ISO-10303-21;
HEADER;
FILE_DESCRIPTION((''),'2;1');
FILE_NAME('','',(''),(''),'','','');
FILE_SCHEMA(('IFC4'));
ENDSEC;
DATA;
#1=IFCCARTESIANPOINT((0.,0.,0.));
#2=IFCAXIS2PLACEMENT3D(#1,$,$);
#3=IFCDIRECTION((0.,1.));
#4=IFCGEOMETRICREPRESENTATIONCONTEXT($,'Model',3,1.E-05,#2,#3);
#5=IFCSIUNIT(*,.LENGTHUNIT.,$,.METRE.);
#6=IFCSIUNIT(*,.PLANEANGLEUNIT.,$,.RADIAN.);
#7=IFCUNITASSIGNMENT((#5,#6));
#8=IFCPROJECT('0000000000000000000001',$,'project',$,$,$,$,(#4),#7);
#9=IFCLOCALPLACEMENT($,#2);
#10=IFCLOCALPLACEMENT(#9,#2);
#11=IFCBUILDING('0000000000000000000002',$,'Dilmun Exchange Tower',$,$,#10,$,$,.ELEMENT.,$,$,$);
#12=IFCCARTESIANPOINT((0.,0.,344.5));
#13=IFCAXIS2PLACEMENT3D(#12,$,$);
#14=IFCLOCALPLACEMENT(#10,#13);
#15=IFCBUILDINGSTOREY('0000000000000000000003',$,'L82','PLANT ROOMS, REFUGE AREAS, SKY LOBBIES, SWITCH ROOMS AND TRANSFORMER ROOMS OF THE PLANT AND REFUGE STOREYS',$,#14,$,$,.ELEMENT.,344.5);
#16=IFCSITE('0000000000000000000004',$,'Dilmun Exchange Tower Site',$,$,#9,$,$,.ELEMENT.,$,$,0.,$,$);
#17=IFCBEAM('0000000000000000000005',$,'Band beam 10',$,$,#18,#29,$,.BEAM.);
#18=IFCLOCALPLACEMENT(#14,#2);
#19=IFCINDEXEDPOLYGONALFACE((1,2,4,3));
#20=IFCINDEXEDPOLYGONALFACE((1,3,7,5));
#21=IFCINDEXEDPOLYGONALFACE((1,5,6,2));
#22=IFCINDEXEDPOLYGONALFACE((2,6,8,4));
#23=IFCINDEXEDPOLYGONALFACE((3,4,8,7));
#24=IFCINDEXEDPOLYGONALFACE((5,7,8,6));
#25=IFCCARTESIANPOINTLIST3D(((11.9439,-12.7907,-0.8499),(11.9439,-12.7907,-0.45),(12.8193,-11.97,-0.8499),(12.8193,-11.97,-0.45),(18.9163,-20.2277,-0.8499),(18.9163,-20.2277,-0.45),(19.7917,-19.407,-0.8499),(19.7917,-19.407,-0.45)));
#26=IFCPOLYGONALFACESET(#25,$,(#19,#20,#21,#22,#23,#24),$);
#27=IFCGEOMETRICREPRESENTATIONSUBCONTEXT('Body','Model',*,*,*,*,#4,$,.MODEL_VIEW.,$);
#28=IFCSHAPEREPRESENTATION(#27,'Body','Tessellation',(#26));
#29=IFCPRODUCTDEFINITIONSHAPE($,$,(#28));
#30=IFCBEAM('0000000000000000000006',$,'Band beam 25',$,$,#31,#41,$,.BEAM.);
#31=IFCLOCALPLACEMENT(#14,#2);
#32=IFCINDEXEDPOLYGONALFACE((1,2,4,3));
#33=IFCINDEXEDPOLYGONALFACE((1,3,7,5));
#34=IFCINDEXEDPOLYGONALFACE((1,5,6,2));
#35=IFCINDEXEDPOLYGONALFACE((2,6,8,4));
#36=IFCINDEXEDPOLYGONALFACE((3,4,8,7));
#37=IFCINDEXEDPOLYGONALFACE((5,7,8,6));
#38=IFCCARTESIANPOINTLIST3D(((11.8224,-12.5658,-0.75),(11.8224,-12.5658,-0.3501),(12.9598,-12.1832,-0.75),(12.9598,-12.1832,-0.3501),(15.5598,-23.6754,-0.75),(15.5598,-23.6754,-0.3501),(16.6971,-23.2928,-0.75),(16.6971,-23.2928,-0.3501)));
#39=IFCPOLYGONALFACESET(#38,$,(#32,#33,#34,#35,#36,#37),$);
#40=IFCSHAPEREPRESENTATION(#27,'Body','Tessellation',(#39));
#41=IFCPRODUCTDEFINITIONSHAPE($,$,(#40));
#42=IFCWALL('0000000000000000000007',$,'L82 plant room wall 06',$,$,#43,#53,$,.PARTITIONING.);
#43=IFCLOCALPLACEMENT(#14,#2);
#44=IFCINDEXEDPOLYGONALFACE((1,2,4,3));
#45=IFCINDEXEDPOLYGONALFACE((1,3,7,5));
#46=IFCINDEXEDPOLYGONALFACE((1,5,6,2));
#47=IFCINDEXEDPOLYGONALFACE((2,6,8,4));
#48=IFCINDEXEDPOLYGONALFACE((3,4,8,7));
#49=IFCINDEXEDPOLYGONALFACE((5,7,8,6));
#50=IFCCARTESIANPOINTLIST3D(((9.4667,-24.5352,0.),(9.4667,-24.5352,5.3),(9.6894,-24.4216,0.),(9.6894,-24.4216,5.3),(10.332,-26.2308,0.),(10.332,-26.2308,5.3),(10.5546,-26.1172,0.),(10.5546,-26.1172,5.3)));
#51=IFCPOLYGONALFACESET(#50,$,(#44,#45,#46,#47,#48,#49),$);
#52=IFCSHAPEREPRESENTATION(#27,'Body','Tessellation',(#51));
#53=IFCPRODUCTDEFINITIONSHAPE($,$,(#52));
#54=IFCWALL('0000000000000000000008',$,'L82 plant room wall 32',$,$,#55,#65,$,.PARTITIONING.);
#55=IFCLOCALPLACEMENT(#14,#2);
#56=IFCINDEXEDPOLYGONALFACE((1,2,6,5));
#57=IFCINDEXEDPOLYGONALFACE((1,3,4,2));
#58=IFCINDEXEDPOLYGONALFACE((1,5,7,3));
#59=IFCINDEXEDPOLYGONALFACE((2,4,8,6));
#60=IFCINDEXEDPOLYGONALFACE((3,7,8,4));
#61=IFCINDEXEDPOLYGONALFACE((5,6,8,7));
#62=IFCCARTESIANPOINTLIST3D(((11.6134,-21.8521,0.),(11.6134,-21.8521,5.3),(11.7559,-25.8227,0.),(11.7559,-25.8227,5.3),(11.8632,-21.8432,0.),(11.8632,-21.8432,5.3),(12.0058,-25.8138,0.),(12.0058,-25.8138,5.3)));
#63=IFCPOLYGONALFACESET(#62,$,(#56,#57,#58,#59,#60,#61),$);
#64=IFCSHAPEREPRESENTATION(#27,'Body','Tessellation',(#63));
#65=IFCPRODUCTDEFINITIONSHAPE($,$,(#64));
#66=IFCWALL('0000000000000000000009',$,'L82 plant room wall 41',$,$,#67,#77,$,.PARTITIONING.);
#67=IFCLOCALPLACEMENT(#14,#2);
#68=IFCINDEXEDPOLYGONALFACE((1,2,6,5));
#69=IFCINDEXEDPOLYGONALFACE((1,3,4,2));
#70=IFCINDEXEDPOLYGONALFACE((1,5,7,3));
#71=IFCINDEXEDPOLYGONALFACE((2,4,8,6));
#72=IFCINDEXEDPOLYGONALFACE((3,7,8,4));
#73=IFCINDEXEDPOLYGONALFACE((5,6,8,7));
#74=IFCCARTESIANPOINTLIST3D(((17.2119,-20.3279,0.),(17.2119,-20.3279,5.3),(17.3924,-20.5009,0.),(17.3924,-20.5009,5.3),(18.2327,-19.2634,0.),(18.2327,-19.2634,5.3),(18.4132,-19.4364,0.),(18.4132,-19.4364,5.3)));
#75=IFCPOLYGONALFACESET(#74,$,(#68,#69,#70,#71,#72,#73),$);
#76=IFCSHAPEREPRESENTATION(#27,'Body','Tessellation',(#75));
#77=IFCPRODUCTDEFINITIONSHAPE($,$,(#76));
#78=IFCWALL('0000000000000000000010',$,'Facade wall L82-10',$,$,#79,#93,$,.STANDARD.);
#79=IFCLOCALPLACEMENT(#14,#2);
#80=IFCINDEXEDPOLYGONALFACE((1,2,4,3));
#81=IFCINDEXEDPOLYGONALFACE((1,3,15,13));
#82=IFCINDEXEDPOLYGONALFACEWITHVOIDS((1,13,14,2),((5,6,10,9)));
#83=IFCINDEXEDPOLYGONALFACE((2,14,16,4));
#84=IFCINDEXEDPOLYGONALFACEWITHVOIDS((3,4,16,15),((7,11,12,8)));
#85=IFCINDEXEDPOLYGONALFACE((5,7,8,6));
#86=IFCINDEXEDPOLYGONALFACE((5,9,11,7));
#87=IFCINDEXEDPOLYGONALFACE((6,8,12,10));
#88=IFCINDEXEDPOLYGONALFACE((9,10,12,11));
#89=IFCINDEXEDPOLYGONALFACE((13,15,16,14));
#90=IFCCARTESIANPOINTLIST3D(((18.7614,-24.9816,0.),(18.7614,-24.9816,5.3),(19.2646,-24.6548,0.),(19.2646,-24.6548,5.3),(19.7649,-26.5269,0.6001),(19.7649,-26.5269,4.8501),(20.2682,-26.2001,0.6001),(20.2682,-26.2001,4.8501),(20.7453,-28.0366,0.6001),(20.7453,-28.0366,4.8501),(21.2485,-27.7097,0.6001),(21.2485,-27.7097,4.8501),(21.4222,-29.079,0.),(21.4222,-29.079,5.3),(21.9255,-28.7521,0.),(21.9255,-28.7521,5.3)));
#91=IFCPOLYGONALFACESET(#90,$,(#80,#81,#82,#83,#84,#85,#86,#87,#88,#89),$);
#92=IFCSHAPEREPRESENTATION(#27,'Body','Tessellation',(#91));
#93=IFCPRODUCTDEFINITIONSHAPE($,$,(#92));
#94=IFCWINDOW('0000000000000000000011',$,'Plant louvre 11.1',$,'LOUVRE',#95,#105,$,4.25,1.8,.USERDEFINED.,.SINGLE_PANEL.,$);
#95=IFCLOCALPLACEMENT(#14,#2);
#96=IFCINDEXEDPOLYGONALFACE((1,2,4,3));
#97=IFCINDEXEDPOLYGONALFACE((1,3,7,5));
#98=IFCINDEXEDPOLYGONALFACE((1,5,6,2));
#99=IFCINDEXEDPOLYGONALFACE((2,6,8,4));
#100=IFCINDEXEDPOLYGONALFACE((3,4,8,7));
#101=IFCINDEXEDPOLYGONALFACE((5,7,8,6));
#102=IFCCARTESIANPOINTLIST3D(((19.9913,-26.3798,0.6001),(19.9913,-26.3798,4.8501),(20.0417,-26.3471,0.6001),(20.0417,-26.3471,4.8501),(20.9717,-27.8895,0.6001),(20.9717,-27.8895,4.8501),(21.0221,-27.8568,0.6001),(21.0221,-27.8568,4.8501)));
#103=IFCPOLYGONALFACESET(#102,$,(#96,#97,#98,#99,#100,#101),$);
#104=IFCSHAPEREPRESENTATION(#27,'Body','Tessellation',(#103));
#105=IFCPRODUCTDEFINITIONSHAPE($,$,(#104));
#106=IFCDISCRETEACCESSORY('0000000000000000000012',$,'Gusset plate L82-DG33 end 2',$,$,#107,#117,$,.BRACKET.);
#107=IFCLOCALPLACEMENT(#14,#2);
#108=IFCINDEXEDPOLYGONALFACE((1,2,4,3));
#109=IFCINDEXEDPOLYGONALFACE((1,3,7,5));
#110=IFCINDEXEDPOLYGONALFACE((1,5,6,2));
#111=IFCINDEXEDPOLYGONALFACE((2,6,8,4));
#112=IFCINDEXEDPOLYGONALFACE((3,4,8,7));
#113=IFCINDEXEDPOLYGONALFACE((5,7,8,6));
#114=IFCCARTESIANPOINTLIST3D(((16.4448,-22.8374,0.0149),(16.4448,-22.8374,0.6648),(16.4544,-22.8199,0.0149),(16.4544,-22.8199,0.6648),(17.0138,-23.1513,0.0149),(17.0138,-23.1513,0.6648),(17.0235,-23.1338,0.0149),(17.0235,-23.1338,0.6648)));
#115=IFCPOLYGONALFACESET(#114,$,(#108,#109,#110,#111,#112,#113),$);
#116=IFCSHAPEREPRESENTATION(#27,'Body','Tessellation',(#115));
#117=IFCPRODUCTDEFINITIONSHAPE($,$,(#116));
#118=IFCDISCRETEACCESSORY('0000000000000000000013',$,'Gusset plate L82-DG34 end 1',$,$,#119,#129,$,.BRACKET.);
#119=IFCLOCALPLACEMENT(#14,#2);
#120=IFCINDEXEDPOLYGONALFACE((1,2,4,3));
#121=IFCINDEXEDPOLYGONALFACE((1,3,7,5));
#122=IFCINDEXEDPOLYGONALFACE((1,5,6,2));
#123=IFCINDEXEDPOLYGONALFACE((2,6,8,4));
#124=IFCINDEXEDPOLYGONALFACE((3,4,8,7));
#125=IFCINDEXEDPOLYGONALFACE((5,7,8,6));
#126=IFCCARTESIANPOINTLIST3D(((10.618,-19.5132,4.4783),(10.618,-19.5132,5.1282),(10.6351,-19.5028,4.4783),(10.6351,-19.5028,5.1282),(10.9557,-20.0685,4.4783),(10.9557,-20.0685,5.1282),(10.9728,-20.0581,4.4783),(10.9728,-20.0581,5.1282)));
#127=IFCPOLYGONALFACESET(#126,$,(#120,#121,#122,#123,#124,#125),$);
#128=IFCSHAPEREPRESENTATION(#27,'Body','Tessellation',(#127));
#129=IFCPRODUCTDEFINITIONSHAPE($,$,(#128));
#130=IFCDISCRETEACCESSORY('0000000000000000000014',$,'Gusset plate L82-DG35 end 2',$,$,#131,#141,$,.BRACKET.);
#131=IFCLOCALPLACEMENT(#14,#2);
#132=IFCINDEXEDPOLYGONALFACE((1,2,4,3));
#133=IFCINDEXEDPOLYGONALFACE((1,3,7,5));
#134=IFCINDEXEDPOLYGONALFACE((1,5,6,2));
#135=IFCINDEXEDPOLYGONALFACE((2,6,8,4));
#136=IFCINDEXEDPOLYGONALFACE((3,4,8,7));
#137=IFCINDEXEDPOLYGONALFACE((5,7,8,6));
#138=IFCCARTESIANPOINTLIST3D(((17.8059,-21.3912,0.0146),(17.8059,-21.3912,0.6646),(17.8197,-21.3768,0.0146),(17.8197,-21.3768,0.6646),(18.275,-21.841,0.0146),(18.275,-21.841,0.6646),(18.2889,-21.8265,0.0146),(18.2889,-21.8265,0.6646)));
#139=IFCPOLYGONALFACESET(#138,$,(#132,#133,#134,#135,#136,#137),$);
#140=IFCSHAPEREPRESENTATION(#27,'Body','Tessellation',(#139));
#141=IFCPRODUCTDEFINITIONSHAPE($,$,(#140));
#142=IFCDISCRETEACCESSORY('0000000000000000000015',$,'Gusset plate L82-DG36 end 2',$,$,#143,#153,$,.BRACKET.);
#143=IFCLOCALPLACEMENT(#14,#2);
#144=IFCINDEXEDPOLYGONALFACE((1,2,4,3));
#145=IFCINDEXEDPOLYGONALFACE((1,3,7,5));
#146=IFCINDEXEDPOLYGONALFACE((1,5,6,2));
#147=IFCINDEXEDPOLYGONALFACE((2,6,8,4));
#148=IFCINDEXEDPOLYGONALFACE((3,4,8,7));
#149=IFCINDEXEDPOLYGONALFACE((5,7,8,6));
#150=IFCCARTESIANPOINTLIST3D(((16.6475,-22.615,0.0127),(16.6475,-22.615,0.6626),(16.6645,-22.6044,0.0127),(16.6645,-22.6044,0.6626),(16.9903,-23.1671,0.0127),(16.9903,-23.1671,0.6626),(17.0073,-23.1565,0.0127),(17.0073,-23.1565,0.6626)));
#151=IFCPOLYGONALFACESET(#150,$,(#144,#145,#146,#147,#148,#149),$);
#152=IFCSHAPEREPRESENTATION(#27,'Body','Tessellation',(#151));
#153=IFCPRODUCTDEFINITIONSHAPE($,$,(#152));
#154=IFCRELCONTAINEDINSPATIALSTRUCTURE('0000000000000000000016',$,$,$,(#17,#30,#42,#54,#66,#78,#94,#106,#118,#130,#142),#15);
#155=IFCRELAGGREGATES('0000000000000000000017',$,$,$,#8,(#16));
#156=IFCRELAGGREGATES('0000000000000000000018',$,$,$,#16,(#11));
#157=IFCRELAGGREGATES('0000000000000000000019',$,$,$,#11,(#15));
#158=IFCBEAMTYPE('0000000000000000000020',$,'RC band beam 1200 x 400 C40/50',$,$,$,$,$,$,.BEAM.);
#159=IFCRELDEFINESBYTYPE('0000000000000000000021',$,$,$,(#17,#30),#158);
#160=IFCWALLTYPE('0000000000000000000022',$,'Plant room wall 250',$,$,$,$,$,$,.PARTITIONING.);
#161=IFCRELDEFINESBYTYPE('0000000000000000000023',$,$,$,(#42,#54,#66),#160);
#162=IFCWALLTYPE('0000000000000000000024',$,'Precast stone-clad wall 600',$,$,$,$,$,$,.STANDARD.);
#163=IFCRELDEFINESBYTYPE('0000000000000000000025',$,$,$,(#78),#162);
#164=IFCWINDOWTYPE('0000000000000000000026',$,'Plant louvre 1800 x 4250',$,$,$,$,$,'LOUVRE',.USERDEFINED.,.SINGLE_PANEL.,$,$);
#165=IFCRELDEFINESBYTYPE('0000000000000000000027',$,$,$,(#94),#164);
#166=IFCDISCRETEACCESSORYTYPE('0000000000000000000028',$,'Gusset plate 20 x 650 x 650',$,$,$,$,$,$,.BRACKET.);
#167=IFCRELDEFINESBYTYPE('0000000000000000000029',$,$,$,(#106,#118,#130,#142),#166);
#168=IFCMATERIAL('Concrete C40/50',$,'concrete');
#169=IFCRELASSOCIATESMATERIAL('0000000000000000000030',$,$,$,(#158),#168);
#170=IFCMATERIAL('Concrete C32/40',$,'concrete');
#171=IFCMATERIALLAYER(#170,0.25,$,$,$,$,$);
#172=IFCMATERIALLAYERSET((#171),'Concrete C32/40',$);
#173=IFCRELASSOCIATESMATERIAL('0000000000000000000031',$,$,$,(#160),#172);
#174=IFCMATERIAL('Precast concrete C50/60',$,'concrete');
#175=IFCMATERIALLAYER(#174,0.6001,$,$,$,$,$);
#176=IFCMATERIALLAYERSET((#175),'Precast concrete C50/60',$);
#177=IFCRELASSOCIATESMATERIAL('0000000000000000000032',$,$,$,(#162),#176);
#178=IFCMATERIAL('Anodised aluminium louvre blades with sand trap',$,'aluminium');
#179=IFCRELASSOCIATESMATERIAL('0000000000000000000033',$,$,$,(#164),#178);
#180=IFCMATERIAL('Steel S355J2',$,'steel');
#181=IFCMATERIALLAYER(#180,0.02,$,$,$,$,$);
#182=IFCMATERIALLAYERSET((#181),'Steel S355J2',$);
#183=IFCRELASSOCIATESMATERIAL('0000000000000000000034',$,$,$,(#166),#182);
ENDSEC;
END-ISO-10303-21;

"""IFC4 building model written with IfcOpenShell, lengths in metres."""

from ifc_helpers import new_model, si_unit, direction, frame, frame_2d, origin, origin_2d, place, context, subcontext, project, spatial, rectangle, extrude, material, layer, layer_set, material_profile, profile_set, type_object, element, fill, save


model = new_model("IFC4")

# Units and contexts
model_context = context("Model", 3, precision=1e-05, world=origin(), true_north=direction((0.0, 1.0)))
body_context = subcontext(model_context, "Body", "Model", "MODEL_VIEW")
ifc_project = project(units=[si_unit("LENGTHUNIT", "METRE"), si_unit("PLANEANGLEUNIT", "RADIAN")], contexts=[model_context])

# Site, building, storey
site_placement = place(None, origin())
site = spatial("IfcSite", under=ifc_project, at=site_placement, Name="Dilmun Exchange Tower Site", CompositionType="ELEMENT", RefElevation=0.0)
building_placement = place(site_placement, origin())
building = spatial("IfcBuilding", under=site, at=building_placement, Name="Dilmun Exchange Tower", CompositionType="ELEMENT")
storey_placement = place(building_placement, frame((0.0, 0.0, 344.5)))
storey = spatial("IfcBuildingStorey", under=building, at=storey_placement, Name="L82", Description="PLANT ROOMS, REFUGE AREAS, SKY LOBBIES, SWITCH ROOMS AND TRANSFORMER ROOMS OF THE PLANT AND REFUGE STOREYS", CompositionType="ELEMENT", Elevation=344.5)

# Beams
ifc_material_1 = material(Name="Concrete C40/50", Category="concrete")
ifc_material_profile = material_profile(ifc_material_1, rectangle(XDim=1.2, YDim=0.3999, at=origin_2d()), Name="1200 x 400")
ifc_profile_set = profile_set([ifc_material_profile], Name="Concrete C40/50")
beam_type = type_object("IfcBeamType", Name="RC band beam 1200 x 400 C40/50", PredefinedType="BEAM", material=ifc_profile_set)
beam_1_placement = place(storey_placement, frame((19.354, -19.8174, -0.6499), z_axis=(-0.683952, 0.729527, 0.0), x_axis=(-0.729527, -0.683952, 0.0)))
element("IfcBeam", 1, at=beam_1_placement, inside=storey, type_object=beam_type, Name="Band beam 10", PredefinedType="BEAM", context=body_context, shape_type="SweptSolid", body=[
    extrude(rectangle(XDim=1.2, YDim=0.3999, at=origin_2d()), origin(), (0.0, 0.0, 1.0), 10.1943),
])
beam_2_placement = place(storey_placement, frame((16.1284, -23.4841, -0.55), z_axis=(-0.318845, 0.947807, 0.0), x_axis=(-0.947807, -0.318845, 0.0)))
element("IfcBeam", 2, at=beam_2_placement, inside=storey, type_object=beam_type, Name="Band beam 25", PredefinedType="BEAM", context=body_context, shape_type="SweptSolid", body=[
    extrude(rectangle(XDim=1.2, YDim=0.3999, at=origin_2d()), origin(), (0.0, 0.0, 1.0), 11.7214),
])

# Walls
ifc_material_2 = material(Name="Concrete C32/40", Category="concrete")
ifc_layer_1 = layer(ifc_material_2, 0.25)
ifc_layer_set_1 = layer_set([ifc_layer_1], Name="Concrete C32/40")
wall_type_1 = type_object("IfcWallType", Name="Plant room wall 250", PredefinedType="PARTITIONING", material=ifc_layer_set_1)
wall_1_placement = place(storey_placement, frame((9.5781, -24.4785, 0.0), z_axis=(0.0, 0.0, 1.0), x_axis=(0.454535, -0.890729, 0.0)))
element("IfcWall", 3, at=wall_1_placement, inside=storey, type_object=wall_type_1, Name="L82 plant room wall 06", PredefinedType="PARTITIONING", context=body_context, shape_type="SweptSolid", body=[
    extrude(rectangle(XDim=1.9036, YDim=0.25, at=frame_2d((0.9517, 0.0))), origin(), (0.0, 0.0, 1.0), 5.3),
])
wall_2_placement = place(storey_placement, frame((11.7383, -21.8477, 0.0), z_axis=(0.0, 0.0, 1.0), x_axis=(0.035884, -0.999356, 0.0)))
element("IfcWall", 4, at=wall_2_placement, inside=storey, type_object=wall_type_1, Name="L82 plant room wall 32", PredefinedType="PARTITIONING", context=body_context, shape_type="SweptSolid", body=[
    extrude(rectangle(XDim=3.9731, YDim=0.25, at=frame_2d((1.9866, 0.0))), origin(), (0.0, 0.0, 1.0), 5.3),
])
wall_3_placement = place(storey_placement, frame((17.3022, -20.4143, 0.0), z_axis=(0.0, 0.0, 1.0), x_axis=(0.692135, 0.721768, 0.0)))
element("IfcWall", 5, at=wall_3_placement, inside=storey, type_object=wall_type_1, Name="L82 plant room wall 41", PredefinedType="PARTITIONING", context=body_context, shape_type="SweptSolid", body=[
    extrude(rectangle(XDim=1.4749, YDim=0.25, at=frame_2d((0.7373, 0.0))), origin(), (0.0, 0.0, 1.0), 5.3),
])

# Wall, opening, window
ifc_material_3 = material(Name="Precast concrete C50/60", Category="concrete")
ifc_layer_2 = layer(ifc_material_3, 0.6001)
ifc_layer_set_2 = layer_set([ifc_layer_2], Name="Precast concrete C50/60")
wall_type_2 = type_object("IfcWallType", Name="Precast stone-clad wall 600", PredefinedType="STANDARD", material=ifc_layer_set_2)
wall_4_placement = place(storey_placement, frame((19.0129, -24.8181, 0.0), z_axis=(0.0, 0.0, 1.0), x_axis=(0.544639, -0.838671, 0.0)))
wall_4 = element("IfcWall", 6, at=wall_4_placement, inside=storey, type_object=wall_type_2, Name="Facade wall L82-10", PredefinedType="STANDARD", context=body_context, shape_type="SweptSolid", body=[
    extrude(rectangle(XDim=4.8855, YDim=0.6001, at=frame_2d((2.4429, 0.0))), origin(), (0.0, 0.0, 1.0), 5.3),
])
opening_placement = place(wall_4_placement, frame((1.8428, 0.0, 0.6001)))
opening = element("IfcOpeningElement", 7, at=opening_placement, cuts=wall_4, PredefinedType="OPENING", context=body_context, shape_type="SweptSolid", body=[
    extrude(rectangle(XDim=1.8, YDim=4.25, at=frame_2d((0.8999, 2.125))), frame((0.0, 0.3101, 0.0), z_axis=(0.0, -1.0, 0.0), x_axis=(1.0, 0.0, 0.0)), (0.0, 0.0, 1.0), 0.6201),
])
ifc_material_4 = material(Name="Anodised aluminium louvre blades with sand trap", Category="aluminium")
window_type = type_object("IfcWindowType", Name="Plant louvre 1800 x 4250", ElementType="LOUVRE", PartitioningType="SINGLE_PANEL", PredefinedType="USERDEFINED", material=ifc_material_4)
window_placement = place(opening_placement, origin())
window = element("IfcWindow", 8, at=window_placement, inside=storey, type_object=window_type, Name="Plant louvre 11.1", ObjectType="LOUVRE", OverallHeight=4.25, OverallWidth=1.8, PartitioningType="SINGLE_PANEL", PredefinedType="USERDEFINED", context=body_context, shape_type="SweptSolid", body=[
    extrude(rectangle(XDim=1.8, YDim=4.25, at=frame_2d((0.8999, 2.125))), frame((0.0, 0.03, 0.0), z_axis=(0.0, -1.0, 0.0), x_axis=(1.0, 0.0, 0.0)), (0.0, 0.0, 1.0), 0.0601),
])
fill(opening, window)

# Discrete accessories
ifc_material_5 = material(Name="Steel S355J2", Category="steel")
ifc_layer_3 = layer(ifc_material_5, 0.02)
ifc_layer_set_3 = layer_set([ifc_layer_3], Name="Steel S355J2")
discrete_accessory_type = type_object("IfcDiscreteAccessoryType", Name="Gusset plate 20 x 650 x 650", PredefinedType="BRACKET", material=ifc_layer_set_3)
for number, where, z_axis, x_axis, name in (
    (9, (16.7341, -22.9856, 0.0149), (0.0, 0.0, 1.0), (0.875575, -0.483082, 0.0), "Gusset plate L82-DG33 end 2"),
    (10, (10.7954, -19.7856, 4.4783), (0.0, 0.0, 1.0), (0.519618, -0.854399, 0.0), "Gusset plate L82-DG34 end 1"),
    (11, (18.0474, -21.6089, 0.0146), (0.0, 0.0, 1.0), (0.721876, -0.692022, 0.0), "Gusset plate L82-DG35 end 2"),
    (12, (16.8274, -22.8857, 0.0127), (0.0, 0.0, 1.0), (0.527506, -0.849551, 0.0), "Gusset plate L82-DG36 end 2"),
):
    element("IfcDiscreteAccessory", number, at=place(storey_placement, frame(where, z_axis=z_axis, x_axis=x_axis)), inside=storey, type_object=discrete_accessory_type, Name=name, PredefinedType="BRACKET", context=body_context, shape_type="SweptSolid", body=[
        extrude(rectangle(XDim=0.6499, YDim=0.02, at=origin_2d()), origin(), (0.0, 0.0, 1.0), 0.6499),
    ])

save(model, "model.ifc")
